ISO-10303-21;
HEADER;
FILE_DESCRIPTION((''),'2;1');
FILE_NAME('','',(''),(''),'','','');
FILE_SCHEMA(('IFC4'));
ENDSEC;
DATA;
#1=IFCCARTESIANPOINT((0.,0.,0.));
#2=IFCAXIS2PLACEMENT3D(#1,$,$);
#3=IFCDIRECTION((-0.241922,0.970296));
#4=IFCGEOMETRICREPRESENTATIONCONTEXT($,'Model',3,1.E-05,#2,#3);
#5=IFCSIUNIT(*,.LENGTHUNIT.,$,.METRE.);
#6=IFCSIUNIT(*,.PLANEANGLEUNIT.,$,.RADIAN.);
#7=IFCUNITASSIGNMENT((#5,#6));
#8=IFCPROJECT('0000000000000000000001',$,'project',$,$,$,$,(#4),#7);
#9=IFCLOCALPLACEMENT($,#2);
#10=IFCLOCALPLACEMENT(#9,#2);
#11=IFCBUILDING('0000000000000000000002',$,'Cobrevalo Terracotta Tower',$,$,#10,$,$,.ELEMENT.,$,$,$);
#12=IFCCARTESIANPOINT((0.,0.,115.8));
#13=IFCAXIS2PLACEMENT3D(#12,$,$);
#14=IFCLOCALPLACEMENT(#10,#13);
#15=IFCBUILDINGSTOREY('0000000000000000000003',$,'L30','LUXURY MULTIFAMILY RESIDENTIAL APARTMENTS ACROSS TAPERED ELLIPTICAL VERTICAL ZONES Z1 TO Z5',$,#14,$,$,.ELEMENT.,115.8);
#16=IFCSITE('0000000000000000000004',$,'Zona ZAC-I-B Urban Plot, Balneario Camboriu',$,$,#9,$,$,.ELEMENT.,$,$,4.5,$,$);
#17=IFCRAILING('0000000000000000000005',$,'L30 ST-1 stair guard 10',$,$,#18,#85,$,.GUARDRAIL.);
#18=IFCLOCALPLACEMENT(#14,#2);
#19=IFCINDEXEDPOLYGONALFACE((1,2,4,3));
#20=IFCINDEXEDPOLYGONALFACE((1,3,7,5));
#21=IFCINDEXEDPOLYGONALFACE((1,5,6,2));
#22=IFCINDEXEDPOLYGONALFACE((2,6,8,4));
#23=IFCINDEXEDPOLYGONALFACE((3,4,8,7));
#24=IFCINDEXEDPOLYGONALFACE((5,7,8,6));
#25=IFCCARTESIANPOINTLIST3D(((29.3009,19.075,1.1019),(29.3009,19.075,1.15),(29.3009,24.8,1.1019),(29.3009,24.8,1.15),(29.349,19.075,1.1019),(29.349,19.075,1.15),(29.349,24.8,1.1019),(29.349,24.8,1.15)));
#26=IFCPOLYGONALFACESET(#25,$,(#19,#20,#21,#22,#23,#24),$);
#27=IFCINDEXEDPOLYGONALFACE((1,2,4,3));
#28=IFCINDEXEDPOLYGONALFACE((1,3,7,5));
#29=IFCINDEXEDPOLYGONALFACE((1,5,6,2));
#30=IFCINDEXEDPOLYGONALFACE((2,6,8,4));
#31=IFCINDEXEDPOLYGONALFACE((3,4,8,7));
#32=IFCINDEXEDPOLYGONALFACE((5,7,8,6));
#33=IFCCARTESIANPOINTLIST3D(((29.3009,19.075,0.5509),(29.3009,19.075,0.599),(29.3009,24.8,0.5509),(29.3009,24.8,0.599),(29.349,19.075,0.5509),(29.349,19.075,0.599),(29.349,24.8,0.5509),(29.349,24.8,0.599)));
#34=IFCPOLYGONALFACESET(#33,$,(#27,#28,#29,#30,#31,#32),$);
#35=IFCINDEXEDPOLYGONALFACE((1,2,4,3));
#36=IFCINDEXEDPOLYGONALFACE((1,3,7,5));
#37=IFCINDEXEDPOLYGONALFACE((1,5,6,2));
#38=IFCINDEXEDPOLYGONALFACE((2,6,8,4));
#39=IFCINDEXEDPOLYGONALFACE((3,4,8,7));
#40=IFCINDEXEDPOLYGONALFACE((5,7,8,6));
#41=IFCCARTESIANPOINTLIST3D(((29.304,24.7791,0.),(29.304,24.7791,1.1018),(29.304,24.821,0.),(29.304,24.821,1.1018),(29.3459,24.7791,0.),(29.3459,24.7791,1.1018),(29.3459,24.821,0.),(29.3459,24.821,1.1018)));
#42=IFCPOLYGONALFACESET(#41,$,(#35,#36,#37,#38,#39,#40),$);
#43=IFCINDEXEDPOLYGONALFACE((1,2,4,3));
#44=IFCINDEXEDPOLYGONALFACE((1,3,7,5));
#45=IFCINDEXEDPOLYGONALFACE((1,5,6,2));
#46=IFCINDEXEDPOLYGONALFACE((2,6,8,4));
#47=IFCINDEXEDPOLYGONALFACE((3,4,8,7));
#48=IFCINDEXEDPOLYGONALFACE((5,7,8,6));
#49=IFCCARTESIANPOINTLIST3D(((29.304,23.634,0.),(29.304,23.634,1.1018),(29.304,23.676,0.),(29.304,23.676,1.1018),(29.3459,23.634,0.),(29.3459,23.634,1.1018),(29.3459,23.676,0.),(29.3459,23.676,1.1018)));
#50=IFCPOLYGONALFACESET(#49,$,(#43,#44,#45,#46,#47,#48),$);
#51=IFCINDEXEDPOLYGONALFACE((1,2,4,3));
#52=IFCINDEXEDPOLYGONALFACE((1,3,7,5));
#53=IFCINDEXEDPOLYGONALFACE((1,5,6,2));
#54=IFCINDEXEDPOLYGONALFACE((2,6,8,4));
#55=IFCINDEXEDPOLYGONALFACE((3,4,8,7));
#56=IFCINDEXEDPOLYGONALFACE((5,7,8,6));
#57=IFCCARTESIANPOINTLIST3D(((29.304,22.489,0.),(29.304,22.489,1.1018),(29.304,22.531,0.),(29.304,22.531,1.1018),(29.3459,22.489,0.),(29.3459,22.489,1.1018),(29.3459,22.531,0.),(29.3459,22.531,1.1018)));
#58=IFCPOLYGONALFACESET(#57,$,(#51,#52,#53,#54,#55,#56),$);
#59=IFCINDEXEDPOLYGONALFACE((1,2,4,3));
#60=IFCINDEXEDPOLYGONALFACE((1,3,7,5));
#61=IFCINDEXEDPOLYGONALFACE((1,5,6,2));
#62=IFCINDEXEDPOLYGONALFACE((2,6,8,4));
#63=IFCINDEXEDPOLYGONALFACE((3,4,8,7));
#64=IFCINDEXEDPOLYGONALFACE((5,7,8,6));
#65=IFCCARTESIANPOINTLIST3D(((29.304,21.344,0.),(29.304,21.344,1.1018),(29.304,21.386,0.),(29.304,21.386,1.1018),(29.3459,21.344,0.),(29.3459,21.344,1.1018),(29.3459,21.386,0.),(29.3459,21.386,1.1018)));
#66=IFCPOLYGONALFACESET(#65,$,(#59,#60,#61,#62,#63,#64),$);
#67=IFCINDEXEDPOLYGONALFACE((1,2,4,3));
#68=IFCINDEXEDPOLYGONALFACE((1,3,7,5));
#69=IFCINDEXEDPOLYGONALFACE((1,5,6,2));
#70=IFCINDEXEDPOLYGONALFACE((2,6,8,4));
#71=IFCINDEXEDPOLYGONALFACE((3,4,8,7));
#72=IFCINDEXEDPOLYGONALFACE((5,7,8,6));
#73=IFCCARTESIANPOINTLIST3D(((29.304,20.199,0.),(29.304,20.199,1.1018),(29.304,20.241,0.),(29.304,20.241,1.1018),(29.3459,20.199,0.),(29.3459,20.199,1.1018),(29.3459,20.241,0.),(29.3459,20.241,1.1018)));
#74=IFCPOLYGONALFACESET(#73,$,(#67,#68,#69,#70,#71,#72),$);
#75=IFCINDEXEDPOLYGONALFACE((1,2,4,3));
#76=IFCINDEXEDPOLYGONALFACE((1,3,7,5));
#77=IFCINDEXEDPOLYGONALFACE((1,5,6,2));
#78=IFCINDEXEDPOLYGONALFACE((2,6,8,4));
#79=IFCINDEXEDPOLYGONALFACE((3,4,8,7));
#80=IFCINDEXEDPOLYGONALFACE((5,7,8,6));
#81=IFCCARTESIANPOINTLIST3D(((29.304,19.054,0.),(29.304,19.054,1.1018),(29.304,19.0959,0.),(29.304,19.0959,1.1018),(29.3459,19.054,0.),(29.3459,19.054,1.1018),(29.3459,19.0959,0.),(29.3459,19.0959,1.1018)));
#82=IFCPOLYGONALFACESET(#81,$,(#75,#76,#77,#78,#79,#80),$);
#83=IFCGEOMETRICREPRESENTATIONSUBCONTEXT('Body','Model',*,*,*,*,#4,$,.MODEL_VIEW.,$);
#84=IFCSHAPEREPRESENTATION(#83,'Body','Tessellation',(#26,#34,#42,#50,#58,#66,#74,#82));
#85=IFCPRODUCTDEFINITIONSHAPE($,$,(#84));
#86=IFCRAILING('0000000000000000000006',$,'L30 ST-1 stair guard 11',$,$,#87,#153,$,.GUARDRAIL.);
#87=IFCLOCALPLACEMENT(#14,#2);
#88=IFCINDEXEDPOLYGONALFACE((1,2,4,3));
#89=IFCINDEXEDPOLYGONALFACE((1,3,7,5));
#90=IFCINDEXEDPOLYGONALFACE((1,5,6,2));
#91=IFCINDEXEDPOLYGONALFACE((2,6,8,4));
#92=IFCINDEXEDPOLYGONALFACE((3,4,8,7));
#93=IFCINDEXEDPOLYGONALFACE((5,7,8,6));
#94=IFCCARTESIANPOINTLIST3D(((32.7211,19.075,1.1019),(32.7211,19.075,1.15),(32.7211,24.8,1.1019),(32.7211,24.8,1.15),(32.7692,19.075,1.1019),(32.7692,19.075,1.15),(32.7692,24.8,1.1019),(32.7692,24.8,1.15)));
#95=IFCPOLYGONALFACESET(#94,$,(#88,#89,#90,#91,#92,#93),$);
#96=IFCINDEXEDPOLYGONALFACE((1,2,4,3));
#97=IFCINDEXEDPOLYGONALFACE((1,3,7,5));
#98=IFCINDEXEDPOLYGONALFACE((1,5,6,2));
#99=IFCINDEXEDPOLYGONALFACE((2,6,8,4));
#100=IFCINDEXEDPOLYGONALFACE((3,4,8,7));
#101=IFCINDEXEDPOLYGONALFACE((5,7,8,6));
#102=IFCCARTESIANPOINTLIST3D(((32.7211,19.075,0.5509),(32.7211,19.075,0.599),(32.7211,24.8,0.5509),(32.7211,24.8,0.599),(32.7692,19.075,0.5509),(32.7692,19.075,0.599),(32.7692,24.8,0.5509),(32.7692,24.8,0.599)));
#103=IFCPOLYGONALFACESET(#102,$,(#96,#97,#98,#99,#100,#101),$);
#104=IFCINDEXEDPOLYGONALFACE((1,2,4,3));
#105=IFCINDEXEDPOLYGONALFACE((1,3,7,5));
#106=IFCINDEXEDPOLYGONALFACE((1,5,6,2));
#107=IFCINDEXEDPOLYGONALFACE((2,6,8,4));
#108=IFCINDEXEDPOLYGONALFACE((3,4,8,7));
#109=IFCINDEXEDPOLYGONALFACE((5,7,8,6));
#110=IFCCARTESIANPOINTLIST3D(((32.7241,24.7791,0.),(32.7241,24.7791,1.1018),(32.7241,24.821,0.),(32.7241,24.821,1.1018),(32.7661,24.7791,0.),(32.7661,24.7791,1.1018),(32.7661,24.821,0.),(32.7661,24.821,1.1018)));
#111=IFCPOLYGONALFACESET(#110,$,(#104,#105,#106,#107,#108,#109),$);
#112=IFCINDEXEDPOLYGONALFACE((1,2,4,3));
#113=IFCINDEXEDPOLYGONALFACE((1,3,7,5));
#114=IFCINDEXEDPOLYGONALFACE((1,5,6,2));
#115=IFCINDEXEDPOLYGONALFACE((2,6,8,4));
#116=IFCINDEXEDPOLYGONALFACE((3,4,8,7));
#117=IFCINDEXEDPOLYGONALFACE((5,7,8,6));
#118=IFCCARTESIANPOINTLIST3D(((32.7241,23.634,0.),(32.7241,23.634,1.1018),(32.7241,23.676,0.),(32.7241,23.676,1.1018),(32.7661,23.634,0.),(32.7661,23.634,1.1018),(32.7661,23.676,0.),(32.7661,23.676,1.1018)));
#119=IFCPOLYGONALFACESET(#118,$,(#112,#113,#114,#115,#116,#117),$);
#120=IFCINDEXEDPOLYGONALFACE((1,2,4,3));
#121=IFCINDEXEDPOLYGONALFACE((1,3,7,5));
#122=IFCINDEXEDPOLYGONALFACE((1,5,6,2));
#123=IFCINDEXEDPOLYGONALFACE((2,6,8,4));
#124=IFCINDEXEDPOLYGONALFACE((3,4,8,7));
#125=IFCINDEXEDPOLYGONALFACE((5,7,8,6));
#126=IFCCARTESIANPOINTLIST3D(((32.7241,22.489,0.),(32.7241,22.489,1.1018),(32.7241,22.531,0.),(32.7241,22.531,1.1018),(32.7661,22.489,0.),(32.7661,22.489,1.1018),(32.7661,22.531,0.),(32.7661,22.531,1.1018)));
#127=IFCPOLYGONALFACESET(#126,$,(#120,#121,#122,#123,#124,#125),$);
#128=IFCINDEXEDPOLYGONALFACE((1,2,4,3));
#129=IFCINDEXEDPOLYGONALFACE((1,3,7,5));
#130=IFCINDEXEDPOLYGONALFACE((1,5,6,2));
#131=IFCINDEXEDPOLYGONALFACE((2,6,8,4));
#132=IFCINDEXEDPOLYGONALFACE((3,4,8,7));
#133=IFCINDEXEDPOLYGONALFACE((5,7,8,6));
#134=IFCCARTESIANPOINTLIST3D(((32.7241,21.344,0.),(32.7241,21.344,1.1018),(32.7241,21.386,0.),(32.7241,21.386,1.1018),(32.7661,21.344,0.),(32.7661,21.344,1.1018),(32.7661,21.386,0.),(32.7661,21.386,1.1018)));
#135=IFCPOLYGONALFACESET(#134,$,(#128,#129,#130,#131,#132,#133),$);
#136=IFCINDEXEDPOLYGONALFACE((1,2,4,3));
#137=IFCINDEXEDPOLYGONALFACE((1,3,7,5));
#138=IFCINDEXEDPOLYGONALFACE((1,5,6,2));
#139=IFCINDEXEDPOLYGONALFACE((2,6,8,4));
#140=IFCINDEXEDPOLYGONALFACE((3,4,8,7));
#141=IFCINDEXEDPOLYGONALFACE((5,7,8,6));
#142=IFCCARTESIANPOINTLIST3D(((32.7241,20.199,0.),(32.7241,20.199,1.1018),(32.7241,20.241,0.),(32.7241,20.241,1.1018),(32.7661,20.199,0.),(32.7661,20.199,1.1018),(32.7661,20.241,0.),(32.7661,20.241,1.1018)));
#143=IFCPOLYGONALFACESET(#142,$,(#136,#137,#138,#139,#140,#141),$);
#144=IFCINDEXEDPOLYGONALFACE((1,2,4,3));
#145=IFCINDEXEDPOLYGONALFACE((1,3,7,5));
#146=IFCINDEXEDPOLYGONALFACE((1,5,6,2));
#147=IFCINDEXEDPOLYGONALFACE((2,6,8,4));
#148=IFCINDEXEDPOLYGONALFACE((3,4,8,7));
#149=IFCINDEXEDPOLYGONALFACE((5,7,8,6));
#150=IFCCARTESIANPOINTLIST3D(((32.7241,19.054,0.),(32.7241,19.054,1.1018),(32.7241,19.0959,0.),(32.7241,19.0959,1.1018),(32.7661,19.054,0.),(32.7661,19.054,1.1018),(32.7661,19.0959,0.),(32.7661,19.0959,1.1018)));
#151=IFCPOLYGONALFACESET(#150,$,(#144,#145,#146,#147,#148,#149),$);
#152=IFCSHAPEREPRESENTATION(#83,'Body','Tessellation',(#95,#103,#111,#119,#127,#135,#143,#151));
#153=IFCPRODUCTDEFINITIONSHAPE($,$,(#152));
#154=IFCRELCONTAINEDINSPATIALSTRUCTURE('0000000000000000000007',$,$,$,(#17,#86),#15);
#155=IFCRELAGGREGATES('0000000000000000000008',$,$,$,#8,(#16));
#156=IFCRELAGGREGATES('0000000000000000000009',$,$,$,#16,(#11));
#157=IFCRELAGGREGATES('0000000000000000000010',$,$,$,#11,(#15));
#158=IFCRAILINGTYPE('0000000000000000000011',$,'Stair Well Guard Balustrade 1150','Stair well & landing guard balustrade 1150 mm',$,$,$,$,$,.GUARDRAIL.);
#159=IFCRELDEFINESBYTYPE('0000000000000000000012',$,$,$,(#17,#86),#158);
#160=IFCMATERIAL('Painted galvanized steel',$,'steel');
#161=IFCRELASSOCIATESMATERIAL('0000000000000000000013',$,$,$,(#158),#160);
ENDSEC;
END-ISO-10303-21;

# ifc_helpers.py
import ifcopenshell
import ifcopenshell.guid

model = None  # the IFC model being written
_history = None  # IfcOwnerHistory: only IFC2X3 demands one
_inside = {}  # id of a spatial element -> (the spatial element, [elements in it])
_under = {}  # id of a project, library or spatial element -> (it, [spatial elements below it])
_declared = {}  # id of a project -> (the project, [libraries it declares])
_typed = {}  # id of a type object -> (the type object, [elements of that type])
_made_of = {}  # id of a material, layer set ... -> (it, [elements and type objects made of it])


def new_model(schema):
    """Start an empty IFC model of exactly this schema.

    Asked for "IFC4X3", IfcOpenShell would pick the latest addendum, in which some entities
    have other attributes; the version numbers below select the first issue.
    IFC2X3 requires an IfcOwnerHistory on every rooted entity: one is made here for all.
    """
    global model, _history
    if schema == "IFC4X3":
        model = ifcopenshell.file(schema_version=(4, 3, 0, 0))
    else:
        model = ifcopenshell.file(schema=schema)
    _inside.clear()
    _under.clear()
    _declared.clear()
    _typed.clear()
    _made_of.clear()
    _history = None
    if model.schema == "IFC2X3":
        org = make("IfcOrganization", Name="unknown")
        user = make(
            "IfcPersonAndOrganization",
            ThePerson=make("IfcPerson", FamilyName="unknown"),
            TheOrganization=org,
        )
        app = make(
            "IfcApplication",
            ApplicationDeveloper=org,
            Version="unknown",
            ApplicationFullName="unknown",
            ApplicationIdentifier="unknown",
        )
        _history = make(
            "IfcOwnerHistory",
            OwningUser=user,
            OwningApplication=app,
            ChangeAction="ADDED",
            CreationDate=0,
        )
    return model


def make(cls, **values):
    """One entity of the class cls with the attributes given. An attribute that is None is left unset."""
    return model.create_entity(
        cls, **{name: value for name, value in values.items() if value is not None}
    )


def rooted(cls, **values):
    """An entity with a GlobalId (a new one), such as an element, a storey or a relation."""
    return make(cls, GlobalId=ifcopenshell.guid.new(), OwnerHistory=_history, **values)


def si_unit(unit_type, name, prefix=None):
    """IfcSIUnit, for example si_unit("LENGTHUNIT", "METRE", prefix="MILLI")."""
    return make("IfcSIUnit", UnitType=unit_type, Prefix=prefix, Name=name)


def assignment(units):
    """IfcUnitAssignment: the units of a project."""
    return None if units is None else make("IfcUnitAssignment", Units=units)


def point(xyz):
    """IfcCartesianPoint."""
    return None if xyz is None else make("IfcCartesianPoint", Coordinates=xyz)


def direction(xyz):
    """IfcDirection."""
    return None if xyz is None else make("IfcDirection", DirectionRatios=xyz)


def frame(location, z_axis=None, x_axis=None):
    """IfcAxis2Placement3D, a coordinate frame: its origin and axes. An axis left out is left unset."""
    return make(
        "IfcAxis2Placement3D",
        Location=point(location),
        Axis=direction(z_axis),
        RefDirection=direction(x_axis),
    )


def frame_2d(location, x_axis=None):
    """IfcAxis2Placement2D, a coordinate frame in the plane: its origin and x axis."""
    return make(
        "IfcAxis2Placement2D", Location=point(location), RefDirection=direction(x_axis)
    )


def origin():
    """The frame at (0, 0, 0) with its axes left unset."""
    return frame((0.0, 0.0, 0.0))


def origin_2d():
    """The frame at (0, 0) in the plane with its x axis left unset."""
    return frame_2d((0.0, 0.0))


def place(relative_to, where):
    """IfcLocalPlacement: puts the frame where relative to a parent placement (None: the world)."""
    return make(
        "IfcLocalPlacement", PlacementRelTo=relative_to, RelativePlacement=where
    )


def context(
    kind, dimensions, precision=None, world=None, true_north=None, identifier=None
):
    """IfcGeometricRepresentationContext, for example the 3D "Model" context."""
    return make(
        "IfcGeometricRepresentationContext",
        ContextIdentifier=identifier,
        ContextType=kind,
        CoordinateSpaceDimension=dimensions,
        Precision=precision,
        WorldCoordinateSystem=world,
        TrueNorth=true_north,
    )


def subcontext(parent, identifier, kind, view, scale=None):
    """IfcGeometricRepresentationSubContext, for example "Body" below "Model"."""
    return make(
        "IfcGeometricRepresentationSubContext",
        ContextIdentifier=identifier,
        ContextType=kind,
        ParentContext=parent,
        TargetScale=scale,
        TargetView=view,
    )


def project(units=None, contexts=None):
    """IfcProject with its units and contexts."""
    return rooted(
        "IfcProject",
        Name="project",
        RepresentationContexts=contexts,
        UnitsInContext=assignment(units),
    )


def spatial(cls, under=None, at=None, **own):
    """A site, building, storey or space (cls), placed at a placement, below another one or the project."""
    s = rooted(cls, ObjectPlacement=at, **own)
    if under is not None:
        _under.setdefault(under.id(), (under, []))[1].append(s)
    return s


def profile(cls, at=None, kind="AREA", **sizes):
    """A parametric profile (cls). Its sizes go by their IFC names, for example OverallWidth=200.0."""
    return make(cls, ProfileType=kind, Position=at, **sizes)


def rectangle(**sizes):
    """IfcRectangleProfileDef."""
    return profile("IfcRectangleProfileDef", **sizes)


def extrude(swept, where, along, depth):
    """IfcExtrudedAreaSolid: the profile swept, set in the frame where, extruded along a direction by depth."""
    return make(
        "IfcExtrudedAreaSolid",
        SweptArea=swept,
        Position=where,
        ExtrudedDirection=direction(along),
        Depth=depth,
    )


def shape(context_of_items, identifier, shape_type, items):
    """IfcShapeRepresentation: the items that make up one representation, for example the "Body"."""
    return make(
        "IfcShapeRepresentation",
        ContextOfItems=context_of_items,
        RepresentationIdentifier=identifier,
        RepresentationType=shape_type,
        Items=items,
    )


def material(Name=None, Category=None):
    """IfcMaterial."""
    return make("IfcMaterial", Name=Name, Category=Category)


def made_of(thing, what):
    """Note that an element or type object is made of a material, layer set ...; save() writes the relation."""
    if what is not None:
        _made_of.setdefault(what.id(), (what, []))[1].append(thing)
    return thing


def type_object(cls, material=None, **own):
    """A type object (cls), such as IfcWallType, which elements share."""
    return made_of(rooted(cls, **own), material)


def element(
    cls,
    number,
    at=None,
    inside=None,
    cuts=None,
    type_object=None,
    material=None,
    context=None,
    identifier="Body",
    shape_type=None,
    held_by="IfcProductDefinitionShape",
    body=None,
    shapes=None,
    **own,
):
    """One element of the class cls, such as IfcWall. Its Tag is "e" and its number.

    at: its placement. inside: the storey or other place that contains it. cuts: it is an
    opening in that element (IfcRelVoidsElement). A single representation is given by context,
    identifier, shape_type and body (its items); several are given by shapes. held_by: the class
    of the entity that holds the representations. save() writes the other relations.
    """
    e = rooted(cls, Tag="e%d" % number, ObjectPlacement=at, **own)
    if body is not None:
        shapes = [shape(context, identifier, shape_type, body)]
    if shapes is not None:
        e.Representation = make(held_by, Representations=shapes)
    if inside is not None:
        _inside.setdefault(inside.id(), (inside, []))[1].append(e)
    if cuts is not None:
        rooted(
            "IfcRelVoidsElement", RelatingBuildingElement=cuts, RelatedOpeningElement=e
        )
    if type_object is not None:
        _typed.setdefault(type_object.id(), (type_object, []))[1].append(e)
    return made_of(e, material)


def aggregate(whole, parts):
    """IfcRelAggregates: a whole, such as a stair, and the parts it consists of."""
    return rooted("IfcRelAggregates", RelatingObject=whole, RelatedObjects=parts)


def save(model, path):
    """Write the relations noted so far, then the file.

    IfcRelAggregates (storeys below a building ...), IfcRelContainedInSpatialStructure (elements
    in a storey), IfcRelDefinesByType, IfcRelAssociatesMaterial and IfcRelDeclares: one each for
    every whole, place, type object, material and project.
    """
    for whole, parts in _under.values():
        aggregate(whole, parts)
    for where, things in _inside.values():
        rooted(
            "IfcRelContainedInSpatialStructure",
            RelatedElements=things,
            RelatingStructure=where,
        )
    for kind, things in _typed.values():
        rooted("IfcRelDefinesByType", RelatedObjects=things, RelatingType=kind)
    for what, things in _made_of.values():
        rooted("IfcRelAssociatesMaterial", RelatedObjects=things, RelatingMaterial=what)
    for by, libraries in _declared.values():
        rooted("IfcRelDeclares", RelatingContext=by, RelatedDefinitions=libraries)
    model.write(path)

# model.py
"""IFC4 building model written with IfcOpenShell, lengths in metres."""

from ifc_helpers import new_model, si_unit, direction, frame, origin, origin_2d, place, context, subcontext, project, spatial, rectangle, extrude, material, type_object, element, save


model = new_model("IFC4")

# Units and contexts
model_context = context("Model", 3, precision=1e-05, world=origin(), true_north=direction((-0.241922, 0.970296)))
body_context = subcontext(model_context, "Body", "Model", "MODEL_VIEW")
ifc_project = project(units=[si_unit("LENGTHUNIT", "METRE"), si_unit("PLANEANGLEUNIT", "RADIAN")], contexts=[model_context])

# Site, building, storey
site_placement = place(None, origin())
site = spatial("IfcSite", under=ifc_project, at=site_placement, Name="Zona ZAC-I-B Urban Plot, Balneario Camboriu", CompositionType="ELEMENT", RefElevation=4.5)
building_placement = place(site_placement, origin())
building = spatial("IfcBuilding", under=site, at=building_placement, Name="Cobrevalo Terracotta Tower", CompositionType="ELEMENT")
storey_placement = place(building_placement, frame((0.0, 0.0, 115.8)))
storey = spatial("IfcBuildingStorey", under=building, at=storey_placement, Name="L30", Description="LUXURY MULTIFAMILY RESIDENTIAL APARTMENTS ACROSS TAPERED ELLIPTICAL VERTICAL ZONES Z1 TO Z5", CompositionType="ELEMENT", Elevation=115.8)

# Railings
ifc_material_1 = material(Name="Painted galvanized steel", Category="steel")
railing_type_1 = type_object("IfcRailingType", Name="Stair Well Guard Balustrade 1150", Description="Stair well & landing guard balustrade 1150 mm", PredefinedType="GUARDRAIL", material=ifc_material_1)
for number, where, name in (
    (1, (29.325, 24.8, 0.0), "L30 ST-1 stair guard 10"),
    (2, (32.7451, 24.8, 0.0), "L30 ST-1 stair guard 11"),
):
    element("IfcRailing", number, at=place(storey_placement, frame(where)), inside=storey, type_object=railing_type_1, Name=name, PredefinedType="GUARDRAIL", context=body_context, shape_type="SweptSolid", body=[
        extrude(rectangle(XDim=0.0481, YDim=0.0481, at=origin_2d()), frame((0.0, 0.0, 1.126), z_axis=(0.0, -1.0, 0.0), x_axis=(1.0, 0.0, 0.0)), (0.0, 0.0, 1.0), 5.7251),
        extrude(rectangle(XDim=0.0481, YDim=0.0481, at=origin_2d()), frame((0.0, 0.0, 0.575), z_axis=(0.0, -1.0, 0.0), x_axis=(1.0, 0.0, 0.0)), (0.0, 0.0, 1.0), 5.7251),
        extrude(rectangle(XDim=0.042, YDim=0.042, at=origin_2d()), origin(), (0.0, 0.0, 1.0), 1.1018),
        extrude(rectangle(XDim=0.042, YDim=0.042, at=origin_2d()), frame((0.0, -1.145, 0.0)), (0.0, 0.0, 1.0), 1.1018),
        extrude(rectangle(XDim=0.042, YDim=0.042, at=origin_2d()), frame((0.0, -2.29, 0.0)), (0.0, 0.0, 1.0), 1.1018),
        extrude(rectangle(XDim=0.042, YDim=0.042, at=origin_2d()), frame((0.0, -3.4351, 0.0)), (0.0, 0.0, 1.0), 1.1018),
        extrude(rectangle(XDim=0.042, YDim=0.042, at=origin_2d()), frame((0.0, -4.5801, 0.0)), (0.0, 0.0, 1.0), 1.1018),
        extrude(rectangle(XDim=0.042, YDim=0.042, at=origin_2d()), frame((0.0, -5.7251, 0.0)), (0.0, 0.0, 1.0), 1.1018),
    ])

save(model, "model.ifc")
